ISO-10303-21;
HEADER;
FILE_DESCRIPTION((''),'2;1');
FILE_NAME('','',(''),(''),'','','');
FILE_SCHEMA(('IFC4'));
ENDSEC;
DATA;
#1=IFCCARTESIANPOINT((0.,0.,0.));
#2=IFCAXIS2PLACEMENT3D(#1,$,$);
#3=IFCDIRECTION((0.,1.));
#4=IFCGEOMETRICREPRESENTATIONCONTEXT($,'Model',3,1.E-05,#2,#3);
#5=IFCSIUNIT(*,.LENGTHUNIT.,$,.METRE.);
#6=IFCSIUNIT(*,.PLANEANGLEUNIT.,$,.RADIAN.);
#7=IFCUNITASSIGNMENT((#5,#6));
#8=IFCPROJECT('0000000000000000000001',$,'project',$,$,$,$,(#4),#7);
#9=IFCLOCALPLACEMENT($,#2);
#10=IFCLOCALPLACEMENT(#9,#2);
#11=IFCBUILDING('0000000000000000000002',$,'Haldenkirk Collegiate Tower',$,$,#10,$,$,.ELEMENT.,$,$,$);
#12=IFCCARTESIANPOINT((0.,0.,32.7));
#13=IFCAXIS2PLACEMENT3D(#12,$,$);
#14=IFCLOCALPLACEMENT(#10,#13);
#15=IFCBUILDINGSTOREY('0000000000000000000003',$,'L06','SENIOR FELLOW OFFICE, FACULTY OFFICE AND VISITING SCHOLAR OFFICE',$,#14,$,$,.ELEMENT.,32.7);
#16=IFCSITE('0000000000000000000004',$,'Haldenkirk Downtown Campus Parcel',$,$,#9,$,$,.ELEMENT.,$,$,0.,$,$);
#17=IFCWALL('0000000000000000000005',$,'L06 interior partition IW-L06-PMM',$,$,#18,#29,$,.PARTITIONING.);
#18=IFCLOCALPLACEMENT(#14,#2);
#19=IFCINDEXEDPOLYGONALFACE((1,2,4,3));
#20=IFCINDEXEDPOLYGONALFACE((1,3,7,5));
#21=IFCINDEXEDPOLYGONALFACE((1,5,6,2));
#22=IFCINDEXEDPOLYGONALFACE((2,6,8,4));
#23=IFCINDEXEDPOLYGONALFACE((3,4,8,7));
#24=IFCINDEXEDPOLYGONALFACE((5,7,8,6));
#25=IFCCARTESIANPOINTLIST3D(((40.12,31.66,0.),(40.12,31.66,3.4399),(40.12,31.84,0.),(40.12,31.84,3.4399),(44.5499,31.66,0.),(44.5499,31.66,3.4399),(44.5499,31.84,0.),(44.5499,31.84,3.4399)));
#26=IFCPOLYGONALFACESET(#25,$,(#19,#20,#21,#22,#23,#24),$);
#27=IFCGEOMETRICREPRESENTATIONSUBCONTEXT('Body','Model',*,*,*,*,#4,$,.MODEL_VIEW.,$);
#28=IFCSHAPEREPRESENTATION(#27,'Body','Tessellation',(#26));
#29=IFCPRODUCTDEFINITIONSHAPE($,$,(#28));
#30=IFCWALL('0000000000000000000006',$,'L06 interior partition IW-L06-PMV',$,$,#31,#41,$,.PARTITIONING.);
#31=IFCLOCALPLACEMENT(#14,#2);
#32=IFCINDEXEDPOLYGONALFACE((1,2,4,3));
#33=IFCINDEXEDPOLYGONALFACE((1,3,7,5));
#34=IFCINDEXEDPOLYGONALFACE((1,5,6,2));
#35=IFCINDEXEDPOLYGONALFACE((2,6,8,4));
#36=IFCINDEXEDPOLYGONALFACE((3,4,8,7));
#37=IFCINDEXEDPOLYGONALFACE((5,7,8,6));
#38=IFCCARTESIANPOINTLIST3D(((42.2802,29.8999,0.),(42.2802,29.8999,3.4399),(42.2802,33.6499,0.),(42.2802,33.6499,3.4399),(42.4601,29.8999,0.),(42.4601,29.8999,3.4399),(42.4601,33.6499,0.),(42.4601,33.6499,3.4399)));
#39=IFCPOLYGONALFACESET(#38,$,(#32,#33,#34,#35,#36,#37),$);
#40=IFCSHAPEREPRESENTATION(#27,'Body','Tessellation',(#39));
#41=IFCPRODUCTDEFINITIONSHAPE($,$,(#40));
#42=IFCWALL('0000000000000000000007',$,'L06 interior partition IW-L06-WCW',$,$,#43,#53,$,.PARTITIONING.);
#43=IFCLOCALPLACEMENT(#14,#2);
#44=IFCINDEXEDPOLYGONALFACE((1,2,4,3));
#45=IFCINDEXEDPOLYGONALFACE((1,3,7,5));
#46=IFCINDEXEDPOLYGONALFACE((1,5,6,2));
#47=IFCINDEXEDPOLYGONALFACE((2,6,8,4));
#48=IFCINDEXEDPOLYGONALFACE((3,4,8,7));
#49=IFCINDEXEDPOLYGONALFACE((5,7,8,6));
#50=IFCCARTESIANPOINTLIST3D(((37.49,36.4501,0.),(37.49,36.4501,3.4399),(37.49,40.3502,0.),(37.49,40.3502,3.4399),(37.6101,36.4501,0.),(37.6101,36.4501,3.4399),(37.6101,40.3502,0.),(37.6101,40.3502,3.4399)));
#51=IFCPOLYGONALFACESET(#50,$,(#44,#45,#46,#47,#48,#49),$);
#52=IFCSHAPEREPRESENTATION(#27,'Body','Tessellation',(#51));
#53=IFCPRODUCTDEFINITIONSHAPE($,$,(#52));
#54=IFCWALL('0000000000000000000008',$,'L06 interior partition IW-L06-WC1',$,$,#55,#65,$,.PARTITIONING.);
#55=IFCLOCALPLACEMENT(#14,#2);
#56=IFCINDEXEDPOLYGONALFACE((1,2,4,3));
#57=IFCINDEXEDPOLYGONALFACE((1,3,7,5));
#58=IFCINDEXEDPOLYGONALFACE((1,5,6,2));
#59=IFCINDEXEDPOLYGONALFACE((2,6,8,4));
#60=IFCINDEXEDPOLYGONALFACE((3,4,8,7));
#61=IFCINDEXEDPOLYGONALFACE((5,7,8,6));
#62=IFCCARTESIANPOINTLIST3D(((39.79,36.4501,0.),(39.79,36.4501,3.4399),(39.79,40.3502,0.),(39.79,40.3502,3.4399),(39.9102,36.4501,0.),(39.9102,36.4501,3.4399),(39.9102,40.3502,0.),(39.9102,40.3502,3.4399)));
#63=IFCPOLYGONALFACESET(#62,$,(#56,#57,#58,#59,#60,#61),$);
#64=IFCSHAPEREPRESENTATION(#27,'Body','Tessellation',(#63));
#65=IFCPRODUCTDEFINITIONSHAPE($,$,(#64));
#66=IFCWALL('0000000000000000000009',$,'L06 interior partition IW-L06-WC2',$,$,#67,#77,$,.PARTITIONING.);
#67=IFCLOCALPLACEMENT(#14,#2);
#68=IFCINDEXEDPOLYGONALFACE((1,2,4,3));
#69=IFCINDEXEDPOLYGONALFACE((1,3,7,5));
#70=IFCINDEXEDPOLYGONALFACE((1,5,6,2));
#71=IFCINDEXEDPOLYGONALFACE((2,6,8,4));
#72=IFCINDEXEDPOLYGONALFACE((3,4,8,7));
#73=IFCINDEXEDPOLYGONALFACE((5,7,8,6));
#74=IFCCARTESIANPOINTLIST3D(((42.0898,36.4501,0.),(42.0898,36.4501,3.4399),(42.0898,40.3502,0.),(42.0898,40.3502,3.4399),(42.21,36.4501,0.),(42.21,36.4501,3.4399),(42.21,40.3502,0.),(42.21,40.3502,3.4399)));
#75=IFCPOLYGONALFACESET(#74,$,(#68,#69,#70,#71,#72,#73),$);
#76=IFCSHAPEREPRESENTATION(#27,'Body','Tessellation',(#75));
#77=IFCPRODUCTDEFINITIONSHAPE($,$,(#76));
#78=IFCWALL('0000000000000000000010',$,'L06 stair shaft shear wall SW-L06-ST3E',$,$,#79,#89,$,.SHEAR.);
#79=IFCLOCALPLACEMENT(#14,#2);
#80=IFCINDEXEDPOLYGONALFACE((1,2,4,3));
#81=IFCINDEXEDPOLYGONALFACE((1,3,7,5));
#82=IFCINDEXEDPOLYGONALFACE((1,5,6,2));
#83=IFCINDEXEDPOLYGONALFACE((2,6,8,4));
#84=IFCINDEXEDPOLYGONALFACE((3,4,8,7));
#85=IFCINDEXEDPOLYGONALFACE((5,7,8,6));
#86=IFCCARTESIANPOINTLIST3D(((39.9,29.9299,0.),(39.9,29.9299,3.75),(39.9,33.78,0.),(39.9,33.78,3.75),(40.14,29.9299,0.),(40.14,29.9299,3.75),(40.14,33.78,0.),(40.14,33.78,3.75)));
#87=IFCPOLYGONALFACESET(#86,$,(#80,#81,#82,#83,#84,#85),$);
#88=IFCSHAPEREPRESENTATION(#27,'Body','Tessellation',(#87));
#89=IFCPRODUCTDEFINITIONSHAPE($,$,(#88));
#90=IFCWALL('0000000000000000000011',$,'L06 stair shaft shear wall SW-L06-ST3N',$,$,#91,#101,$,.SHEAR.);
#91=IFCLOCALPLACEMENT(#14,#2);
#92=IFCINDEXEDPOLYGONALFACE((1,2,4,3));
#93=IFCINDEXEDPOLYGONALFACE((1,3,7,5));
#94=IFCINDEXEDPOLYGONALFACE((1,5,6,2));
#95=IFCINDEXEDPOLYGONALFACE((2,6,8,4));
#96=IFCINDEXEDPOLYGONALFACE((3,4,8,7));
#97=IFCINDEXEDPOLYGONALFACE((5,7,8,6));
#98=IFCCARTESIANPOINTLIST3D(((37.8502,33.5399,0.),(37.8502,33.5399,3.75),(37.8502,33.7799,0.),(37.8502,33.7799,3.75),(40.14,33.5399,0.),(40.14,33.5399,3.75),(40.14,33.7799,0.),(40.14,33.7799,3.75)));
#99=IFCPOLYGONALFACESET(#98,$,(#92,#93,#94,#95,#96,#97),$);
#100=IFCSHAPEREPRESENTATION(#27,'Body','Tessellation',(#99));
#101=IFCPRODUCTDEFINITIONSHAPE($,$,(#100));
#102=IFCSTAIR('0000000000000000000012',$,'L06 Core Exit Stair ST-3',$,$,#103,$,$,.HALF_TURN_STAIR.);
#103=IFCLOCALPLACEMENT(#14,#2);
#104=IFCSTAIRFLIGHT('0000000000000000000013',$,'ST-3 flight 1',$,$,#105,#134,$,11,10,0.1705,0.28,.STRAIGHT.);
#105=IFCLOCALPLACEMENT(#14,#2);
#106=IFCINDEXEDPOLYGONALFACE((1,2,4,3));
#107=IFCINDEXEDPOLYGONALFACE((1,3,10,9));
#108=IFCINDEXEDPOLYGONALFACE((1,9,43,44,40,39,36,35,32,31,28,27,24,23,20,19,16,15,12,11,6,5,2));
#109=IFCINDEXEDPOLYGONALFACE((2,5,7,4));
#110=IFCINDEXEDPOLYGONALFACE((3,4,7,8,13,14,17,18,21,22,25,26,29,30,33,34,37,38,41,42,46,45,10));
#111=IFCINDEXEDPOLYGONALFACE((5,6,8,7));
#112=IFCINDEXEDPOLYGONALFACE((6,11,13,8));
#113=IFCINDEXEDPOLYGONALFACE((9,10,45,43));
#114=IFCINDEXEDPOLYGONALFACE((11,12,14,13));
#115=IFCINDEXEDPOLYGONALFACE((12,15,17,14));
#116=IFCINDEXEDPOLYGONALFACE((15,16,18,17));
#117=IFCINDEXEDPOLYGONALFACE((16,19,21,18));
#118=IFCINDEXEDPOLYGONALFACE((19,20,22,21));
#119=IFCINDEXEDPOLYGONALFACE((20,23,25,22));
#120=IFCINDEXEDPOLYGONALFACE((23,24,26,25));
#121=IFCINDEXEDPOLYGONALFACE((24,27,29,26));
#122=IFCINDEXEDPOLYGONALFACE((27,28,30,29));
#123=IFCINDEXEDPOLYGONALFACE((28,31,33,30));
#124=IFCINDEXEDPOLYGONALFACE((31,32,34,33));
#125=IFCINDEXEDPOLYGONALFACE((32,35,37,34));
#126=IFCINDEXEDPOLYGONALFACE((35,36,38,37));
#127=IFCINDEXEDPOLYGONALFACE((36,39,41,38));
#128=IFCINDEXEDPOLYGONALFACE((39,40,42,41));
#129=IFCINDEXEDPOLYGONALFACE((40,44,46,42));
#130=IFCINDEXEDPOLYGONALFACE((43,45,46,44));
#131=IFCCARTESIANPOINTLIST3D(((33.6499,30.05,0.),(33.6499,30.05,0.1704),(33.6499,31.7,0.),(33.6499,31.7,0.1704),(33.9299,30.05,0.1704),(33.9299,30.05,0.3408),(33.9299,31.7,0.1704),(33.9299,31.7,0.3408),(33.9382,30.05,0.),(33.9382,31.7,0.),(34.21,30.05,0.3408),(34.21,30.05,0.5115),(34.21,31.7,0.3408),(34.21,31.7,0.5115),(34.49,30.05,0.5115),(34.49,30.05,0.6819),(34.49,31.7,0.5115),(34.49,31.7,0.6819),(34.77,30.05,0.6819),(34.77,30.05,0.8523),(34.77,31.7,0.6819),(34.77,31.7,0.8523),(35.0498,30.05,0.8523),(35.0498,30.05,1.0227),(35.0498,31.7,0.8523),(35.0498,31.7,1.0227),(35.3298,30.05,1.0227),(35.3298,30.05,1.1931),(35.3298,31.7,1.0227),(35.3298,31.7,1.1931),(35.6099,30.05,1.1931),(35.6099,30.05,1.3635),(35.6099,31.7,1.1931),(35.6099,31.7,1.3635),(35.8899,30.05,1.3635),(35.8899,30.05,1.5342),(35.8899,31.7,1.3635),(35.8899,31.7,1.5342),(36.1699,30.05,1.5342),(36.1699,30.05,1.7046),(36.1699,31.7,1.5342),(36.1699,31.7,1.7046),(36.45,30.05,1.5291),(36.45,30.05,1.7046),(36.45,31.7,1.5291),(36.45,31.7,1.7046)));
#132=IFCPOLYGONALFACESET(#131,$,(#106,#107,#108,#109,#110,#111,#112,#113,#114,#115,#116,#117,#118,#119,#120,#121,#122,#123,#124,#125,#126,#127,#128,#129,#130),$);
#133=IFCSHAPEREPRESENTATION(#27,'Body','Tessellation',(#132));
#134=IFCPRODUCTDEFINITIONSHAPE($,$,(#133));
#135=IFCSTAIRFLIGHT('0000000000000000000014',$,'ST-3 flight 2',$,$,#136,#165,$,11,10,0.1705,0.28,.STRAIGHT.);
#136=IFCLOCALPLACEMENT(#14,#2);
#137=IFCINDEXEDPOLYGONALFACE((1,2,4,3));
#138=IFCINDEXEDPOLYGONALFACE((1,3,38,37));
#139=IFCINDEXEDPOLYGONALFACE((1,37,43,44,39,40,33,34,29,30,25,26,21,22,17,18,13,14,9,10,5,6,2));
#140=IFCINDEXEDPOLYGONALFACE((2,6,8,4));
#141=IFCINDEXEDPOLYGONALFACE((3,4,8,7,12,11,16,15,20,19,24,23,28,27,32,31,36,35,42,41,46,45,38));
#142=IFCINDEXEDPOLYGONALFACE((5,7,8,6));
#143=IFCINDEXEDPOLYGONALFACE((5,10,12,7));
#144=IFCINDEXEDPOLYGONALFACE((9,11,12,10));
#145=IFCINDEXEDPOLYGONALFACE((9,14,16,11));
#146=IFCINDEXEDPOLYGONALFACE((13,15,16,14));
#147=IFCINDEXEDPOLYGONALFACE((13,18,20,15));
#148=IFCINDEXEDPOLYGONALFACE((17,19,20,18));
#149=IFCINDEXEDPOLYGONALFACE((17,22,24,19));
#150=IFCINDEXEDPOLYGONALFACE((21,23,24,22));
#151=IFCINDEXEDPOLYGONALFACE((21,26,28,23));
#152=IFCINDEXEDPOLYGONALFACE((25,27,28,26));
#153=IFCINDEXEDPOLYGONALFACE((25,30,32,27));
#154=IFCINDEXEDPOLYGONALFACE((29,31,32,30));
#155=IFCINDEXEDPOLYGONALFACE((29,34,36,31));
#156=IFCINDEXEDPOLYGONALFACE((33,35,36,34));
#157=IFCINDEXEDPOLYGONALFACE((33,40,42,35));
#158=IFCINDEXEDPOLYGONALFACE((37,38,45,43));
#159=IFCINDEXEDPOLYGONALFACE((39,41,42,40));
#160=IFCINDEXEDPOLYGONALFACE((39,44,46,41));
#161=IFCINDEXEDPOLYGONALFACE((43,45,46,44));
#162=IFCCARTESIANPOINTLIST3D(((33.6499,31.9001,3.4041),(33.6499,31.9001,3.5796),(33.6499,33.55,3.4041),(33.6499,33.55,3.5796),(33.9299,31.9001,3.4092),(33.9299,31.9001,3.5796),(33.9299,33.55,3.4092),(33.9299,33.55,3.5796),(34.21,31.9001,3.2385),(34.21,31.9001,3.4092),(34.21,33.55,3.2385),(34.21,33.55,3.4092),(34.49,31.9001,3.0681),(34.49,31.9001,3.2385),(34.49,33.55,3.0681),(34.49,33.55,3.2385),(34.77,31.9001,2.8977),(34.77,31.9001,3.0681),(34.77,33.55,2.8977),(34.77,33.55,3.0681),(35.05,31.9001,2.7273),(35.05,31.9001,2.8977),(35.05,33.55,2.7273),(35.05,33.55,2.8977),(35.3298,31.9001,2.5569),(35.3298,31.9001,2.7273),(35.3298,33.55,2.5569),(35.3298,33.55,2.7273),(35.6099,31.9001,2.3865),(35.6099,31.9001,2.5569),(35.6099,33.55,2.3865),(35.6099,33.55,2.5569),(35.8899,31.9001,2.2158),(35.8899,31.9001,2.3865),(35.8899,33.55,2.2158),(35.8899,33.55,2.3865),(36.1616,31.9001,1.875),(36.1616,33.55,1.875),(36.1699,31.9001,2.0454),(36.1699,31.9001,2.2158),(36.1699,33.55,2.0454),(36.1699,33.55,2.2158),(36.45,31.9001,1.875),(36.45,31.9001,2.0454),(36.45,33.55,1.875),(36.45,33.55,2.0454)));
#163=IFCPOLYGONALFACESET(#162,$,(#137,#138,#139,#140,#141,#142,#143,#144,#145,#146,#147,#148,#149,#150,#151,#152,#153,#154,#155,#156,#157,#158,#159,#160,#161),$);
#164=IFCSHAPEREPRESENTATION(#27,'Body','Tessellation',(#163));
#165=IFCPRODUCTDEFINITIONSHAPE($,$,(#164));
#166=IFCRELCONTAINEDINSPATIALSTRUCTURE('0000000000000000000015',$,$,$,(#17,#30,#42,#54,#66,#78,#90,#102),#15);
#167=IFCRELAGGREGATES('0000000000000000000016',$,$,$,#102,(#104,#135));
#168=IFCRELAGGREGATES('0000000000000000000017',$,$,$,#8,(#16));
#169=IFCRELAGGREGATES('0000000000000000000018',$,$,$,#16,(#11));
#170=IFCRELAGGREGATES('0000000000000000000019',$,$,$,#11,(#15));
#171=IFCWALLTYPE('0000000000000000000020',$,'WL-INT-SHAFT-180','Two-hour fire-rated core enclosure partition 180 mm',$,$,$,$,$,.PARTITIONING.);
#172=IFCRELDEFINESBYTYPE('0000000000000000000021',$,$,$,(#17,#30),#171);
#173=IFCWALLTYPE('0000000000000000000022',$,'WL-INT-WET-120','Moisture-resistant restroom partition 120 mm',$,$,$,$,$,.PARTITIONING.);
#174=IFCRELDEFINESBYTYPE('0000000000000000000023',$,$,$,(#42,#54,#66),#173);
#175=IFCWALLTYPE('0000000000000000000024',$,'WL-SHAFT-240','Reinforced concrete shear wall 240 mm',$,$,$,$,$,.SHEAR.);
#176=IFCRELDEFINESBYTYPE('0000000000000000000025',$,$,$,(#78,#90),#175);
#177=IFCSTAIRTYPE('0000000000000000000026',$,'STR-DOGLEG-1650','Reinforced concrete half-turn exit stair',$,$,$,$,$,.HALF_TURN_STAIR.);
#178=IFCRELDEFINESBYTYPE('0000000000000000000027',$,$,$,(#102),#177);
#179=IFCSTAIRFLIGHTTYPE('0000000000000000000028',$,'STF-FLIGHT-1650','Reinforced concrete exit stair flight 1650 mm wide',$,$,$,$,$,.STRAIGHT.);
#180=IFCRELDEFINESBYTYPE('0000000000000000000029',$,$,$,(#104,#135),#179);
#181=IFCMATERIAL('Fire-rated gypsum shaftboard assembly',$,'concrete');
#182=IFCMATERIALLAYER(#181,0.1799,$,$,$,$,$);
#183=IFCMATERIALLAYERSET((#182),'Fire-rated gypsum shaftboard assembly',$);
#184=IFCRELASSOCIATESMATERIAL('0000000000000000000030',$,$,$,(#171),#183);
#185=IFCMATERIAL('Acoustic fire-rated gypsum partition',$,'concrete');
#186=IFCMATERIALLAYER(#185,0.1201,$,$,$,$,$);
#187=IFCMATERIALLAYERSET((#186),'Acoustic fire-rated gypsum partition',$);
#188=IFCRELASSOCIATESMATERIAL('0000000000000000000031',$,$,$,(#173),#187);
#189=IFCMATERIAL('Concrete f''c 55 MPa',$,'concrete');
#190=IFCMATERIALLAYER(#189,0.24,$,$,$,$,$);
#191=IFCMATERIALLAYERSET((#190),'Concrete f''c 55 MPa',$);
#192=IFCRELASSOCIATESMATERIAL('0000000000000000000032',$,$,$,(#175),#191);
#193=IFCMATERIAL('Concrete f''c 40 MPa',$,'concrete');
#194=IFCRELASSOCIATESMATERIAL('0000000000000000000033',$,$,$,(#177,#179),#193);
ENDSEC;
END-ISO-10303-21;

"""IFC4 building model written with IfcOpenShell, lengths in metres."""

from ifc_helpers import new_model, si_unit, direction, frame, frame_2d, origin, place, context, subcontext, project, spatial, polyline, rectangle, outline, extrude, material, layer, layer_set, type_object, element, aggregate, save


model = new_model("IFC4")

# Units and contexts
model_context = context("Model", 3, precision=1e-05, world=origin(), true_north=direction((0.0, 1.0)))
body_context = subcontext(model_context, "Body", "Model", "MODEL_VIEW")
ifc_project = project(units=[si_unit("LENGTHUNIT", "METRE"), si_unit("PLANEANGLEUNIT", "RADIAN")], contexts=[model_context])

# Site, building, storey
site_placement = place(None, origin())
site = spatial("IfcSite", under=ifc_project, at=site_placement, Name="Haldenkirk Downtown Campus Parcel", CompositionType="ELEMENT", RefElevation=0.0)
building_placement = place(site_placement, origin())
building = spatial("IfcBuilding", under=site, at=building_placement, Name="Haldenkirk Collegiate Tower", CompositionType="ELEMENT")
storey_placement = place(building_placement, frame((0.0, 0.0, 32.7)))
storey = spatial("IfcBuildingStorey", under=building, at=storey_placement, Name="L06", Description="SENIOR FELLOW OFFICE, FACULTY OFFICE AND VISITING SCHOLAR OFFICE", CompositionType="ELEMENT", Elevation=32.7)

# Shared definitions
ifc_material_1 = material(Name="Acoustic fire-rated gypsum partition", Category="concrete")
ifc_material_2 = material(Name="Fire-rated gypsum shaftboard assembly", Category="concrete")
ifc_layer_1 = layer(ifc_material_2, 0.1799)
ifc_layer_set_1 = layer_set([ifc_layer_1], Name="Fire-rated gypsum shaftboard assembly")
wall_type_1 = type_object("IfcWallType", Name="WL-INT-SHAFT-180", Description="Two-hour fire-rated core enclosure partition 180 mm", PredefinedType="PARTITIONING", material=ifc_layer_set_1)

# Walls
wall_1_placement = place(storey_placement, frame((40.1201, 31.75, 0.0), z_axis=(0.0, 0.0, 1.0), x_axis=(1.0, 0.0, 0.0)))
element("IfcWall", 1, at=wall_1_placement, inside=storey, type_object=wall_type_1, Name="L06 interior partition IW-L06-PMM", PredefinedType="PARTITIONING", context=body_context, shape_type="SweptSolid", body=[
    extrude(rectangle(XDim=4.4299, YDim=0.1799, at=frame_2d((2.2148, 0.0))), origin(), (0.0, 0.0, 1.0), 3.4399),
])
wall_2_placement = place(storey_placement, frame((42.3701, 29.8999, 0.0), z_axis=(0.0, 0.0, 1.0), x_axis=(0.0, 1.0, 0.0)))
element("IfcWall", 2, at=wall_2_placement, inside=storey, type_object=wall_type_1, Name="L06 interior partition IW-L06-PMV", PredefinedType="PARTITIONING", context=body_context, shape_type="SweptSolid", body=[
    extrude(rectangle(XDim=3.75, YDim=0.1799, at=frame_2d((1.875, 0.0))), origin(), (0.0, 0.0, 1.0), 3.4399),
])
ifc_layer_2 = layer(ifc_material_1, 0.1201)
ifc_layer_set_2 = layer_set([ifc_layer_2], Name="Acoustic fire-rated gypsum partition")
wall_type_2 = type_object("IfcWallType", Name="WL-INT-WET-120", Description="Moisture-resistant restroom partition 120 mm", PredefinedType="PARTITIONING", material=ifc_layer_set_2)
for number, where, z_axis, x_axis, name in (
    (3, (37.55, 36.45, 0.0), (0.0, 0.0, 1.0), (0.0, 1.0, 0.0), "L06 interior partition IW-L06-WCW"),
    (4, (39.8501, 36.45, 0.0), (0.0, 0.0, 1.0), (0.0, 1.0, 0.0), "L06 interior partition IW-L06-WC1"),
    (5, (42.1499, 36.45, 0.0), (0.0, 0.0, 1.0), (0.0, 1.0, 0.0), "L06 interior partition IW-L06-WC2"),
):
    element("IfcWall", number, at=place(storey_placement, frame(where, z_axis=z_axis, x_axis=x_axis)), inside=storey, type_object=wall_type_2, Name=name, PredefinedType="PARTITIONING", context=body_context, shape_type="SweptSolid", body=[
        extrude(rectangle(XDim=3.9001, YDim=0.1201, at=frame_2d((1.9502, 0.0))), origin(), (0.0, 0.0, 1.0), 3.4399),
    ])
ifc_material_3 = material(Name="Concrete f'c 55 MPa", Category="concrete")
ifc_layer_3 = layer(ifc_material_3, 0.24)
ifc_layer_set_3 = layer_set([ifc_layer_3], Name="Concrete f'c 55 MPa")
wall_type_3 = type_object("IfcWallType", Name="WL-SHAFT-240", Description="Reinforced concrete shear wall 240 mm", PredefinedType="SHEAR", material=ifc_layer_set_3)
wall_3_placement = place(storey_placement, frame((40.02, 29.9299, 0.0), z_axis=(0.0, 0.0, 1.0), x_axis=(0.0, 1.0, 0.0)))
element("IfcWall", 6, at=wall_3_placement, inside=storey, type_object=wall_type_3, Name="L06 stair shaft shear wall SW-L06-ST3E", PredefinedType="SHEAR", context=body_context, shape_type="SweptSolid", body=[
    extrude(rectangle(XDim=3.8501, YDim=0.24, at=frame_2d((1.925, 0.0))), origin(), (0.0, 0.0, 1.0), 3.75),
])
wall_4_placement = place(storey_placement, frame((37.8501, 33.6599, 0.0), z_axis=(0.0, 0.0, 1.0), x_axis=(1.0, 0.0, 0.0)))
element("IfcWall", 7, at=wall_4_placement, inside=storey, type_object=wall_type_3, Name="L06 stair shaft shear wall SW-L06-ST3N", PredefinedType="SHEAR", context=body_context, shape_type="SweptSolid", body=[
    extrude(rectangle(XDim=2.2898, YDim=0.24, at=frame_2d((1.145, 0.0))), origin(), (0.0, 0.0, 1.0), 3.75),
])

# Stair, stair flights
ifc_material_4 = material(Name="Concrete f'c 40 MPa", Category="concrete")
stair_type = type_object("IfcStairType", Name="STR-DOGLEG-1650", Description="Reinforced concrete half-turn exit stair", PredefinedType="HALF_TURN_STAIR", material=ifc_material_4)
stair_placement = place(storey_placement, origin())
stair = element("IfcStair", 8, at=stair_placement, inside=storey, type_object=stair_type, Name="L06 Core Exit Stair ST-3", PredefinedType="HALF_TURN_STAIR")
stair_flight_type = type_object("IfcStairFlightType", Name="STF-FLIGHT-1650", Description="Reinforced concrete exit stair flight 1650 mm wide", PredefinedType="STRAIGHT", material=ifc_material_4)
stair_flight_1_placement = place(storey_placement, frame((33.6499, 30.875, 0.0), z_axis=(0.0, 0.0, 1.0), x_axis=(1.0, 0.0, 0.0)))
stair_flight_1 = element("IfcStairFlight", 9, at=stair_flight_1_placement, type_object=stair_flight_type, Name="ST-3 flight 1", NumberOfRisers=11, NumberOfTreads=10, PredefinedType="STRAIGHT", RiserHeight=0.1705, TreadLength=0.28, context=body_context, shape_type="SweptSolid", body=[
    extrude(outline(polyline([(0.0, 0.0), (0.0, 0.1704), (0.28, 0.1704), (0.28, 0.3408), (0.5601, 0.3408), (0.5601, 0.5115), (0.8401, 0.5115), (0.8401, 0.6819), (1.1201, 0.6819), (1.1201, 0.8523), (1.3999, 0.8523), (1.3999, 1.0227), (1.6799, 1.0227), (1.6799, 1.1931), (1.96, 1.1931), (1.96, 1.3635), (2.24, 1.3635), (2.24, 1.5342), (2.52, 1.5342), (2.52, 1.7046), (2.8, 1.7046), (2.8, 1.875), (2.8, 1.5291), (0.2883, 0.0), (0.0, 0.0)])), frame((0.0, 0.825, 0.0), z_axis=(0.0, -1.0, 0.0), x_axis=(1.0, 0.0, 0.0)), (0.0, 0.0, 1.0), 1.6499),
])
stair_flight_2_placement = place(storey_placement, frame((36.45, 32.7251, 1.875), z_axis=(0.0, 0.0, 1.0), x_axis=(-1.0, 0.0, 0.0)))
stair_flight_2 = element("IfcStairFlight", 10, at=stair_flight_2_placement, type_object=stair_flight_type, Name="ST-3 flight 2", NumberOfRisers=11, NumberOfTreads=10, PredefinedType="STRAIGHT", RiserHeight=0.1705, TreadLength=0.28, context=body_context, shape_type="SweptSolid", body=[
    extrude(outline(polyline([(0.0, 0.0), (0.0, 0.1704), (0.28, 0.1704), (0.28, 0.3408), (0.5601, 0.3408), (0.5601, 0.5115), (0.8401, 0.5115), (0.8401, 0.6819), (1.1201, 0.6819), (1.1201, 0.8523), (1.3999, 0.8523), (1.3999, 1.0227), (1.6799, 1.0227), (1.6799, 1.1931), (1.96, 1.1931), (1.96, 1.3635), (2.24, 1.3635), (2.24, 1.5342), (2.52, 1.5342), (2.52, 1.7046), (2.8, 1.7046), (2.8, 1.875), (2.8, 1.5291), (0.2883, 0.0), (0.0, 0.0)])), frame((0.0, 0.825, 0.0), z_axis=(0.0, -1.0, 0.0), x_axis=(1.0, 0.0, 0.0)), (0.0, 0.0, 1.0), 1.6499),
])
aggregate(stair, [stair_flight_1, stair_flight_2])

save(model, "model.ifc")
